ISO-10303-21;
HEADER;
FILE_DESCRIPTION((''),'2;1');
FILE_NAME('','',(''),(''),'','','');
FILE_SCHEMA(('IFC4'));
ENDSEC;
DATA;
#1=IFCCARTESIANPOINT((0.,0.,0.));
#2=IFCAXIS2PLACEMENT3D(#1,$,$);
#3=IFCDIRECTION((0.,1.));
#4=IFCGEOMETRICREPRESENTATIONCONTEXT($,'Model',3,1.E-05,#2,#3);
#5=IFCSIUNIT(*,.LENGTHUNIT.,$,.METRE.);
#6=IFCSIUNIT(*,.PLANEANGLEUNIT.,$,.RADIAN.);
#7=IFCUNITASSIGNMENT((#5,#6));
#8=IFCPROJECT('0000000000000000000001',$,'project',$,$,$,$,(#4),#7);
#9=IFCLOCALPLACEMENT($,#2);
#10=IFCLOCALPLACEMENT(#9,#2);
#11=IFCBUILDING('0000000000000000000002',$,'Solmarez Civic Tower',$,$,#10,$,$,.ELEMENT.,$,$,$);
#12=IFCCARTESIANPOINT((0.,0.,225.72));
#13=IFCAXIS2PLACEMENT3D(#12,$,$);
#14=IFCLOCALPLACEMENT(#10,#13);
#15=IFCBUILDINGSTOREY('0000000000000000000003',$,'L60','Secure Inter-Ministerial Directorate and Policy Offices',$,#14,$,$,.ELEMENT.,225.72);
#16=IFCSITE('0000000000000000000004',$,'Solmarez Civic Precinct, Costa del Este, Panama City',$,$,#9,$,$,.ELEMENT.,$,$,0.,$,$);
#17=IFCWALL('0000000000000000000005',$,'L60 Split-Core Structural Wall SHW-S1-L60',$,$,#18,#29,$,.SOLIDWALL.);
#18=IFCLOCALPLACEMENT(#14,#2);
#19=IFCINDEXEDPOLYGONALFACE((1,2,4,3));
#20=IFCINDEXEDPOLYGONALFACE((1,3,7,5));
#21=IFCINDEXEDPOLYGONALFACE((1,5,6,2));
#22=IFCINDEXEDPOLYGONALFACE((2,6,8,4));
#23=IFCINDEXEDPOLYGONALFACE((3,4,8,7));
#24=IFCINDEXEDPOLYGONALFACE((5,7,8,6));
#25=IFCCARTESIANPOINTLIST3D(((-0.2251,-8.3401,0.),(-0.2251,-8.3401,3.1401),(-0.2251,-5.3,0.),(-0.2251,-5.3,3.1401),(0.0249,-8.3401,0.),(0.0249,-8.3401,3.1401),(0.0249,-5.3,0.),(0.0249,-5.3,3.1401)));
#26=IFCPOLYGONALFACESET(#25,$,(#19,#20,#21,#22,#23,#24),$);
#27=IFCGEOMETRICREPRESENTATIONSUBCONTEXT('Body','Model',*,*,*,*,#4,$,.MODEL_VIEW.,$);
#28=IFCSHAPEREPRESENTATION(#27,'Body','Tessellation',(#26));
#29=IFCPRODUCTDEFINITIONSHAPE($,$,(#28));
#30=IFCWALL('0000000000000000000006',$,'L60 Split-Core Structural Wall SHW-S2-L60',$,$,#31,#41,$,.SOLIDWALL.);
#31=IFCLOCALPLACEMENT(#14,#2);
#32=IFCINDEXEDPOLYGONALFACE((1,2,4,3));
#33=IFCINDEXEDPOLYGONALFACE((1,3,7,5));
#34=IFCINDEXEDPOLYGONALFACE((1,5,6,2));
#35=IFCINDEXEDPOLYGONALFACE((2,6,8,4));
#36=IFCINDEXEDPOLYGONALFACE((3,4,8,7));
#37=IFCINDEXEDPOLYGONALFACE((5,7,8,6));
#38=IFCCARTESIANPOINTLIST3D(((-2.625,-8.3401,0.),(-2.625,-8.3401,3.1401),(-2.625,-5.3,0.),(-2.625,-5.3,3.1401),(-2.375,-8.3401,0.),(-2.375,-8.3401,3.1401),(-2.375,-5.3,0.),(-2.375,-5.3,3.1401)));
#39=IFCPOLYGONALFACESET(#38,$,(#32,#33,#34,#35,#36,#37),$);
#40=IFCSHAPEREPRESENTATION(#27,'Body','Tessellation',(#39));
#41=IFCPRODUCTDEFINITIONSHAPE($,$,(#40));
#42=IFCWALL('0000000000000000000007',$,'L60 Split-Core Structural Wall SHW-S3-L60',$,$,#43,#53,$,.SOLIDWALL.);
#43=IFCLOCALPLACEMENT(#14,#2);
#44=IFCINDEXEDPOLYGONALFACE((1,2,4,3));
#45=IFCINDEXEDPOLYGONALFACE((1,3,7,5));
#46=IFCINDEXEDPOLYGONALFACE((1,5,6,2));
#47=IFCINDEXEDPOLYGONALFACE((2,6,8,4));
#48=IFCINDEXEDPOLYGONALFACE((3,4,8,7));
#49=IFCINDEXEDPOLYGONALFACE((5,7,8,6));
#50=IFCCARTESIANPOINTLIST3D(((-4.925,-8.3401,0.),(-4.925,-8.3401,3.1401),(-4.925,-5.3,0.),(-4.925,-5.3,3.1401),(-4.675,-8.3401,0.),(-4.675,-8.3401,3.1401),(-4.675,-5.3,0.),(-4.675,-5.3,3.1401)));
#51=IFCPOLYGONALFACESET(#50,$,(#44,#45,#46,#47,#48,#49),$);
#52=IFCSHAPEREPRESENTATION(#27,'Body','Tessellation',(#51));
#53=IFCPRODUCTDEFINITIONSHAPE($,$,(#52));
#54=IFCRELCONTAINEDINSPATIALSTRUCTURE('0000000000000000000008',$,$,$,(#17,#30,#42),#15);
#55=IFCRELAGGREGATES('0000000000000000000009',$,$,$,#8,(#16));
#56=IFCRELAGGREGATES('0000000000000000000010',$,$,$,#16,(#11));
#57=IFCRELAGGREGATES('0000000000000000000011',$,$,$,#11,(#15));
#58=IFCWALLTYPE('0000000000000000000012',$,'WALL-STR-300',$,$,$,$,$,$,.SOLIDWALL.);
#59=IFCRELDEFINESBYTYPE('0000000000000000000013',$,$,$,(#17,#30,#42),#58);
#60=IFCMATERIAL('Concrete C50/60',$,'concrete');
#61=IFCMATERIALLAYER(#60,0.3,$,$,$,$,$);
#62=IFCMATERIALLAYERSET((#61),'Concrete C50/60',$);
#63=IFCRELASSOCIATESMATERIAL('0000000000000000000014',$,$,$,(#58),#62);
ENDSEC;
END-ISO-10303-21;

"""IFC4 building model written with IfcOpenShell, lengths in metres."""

from ifc_helpers import new_model, si_unit, direction, frame, frame_2d, origin, place, context, subcontext, project, spatial, rectangle, extrude, material, layer, layer_set, type_object, element, save


model = new_model("IFC4")

# Units and contexts
model_context = context("Model", 3, precision=1e-05, world=origin(), true_north=direction((0.0, 1.0)))
body_context = subcontext(model_context, "Body", "Model", "MODEL_VIEW")
ifc_project = project(units=[si_unit("LENGTHUNIT", "METRE"), si_unit("PLANEANGLEUNIT", "RADIAN")], contexts=[model_context])

# Site, building, storey
site_placement = place(None, origin())
site = spatial("IfcSite", under=ifc_project, at=site_placement, Name="Solmarez Civic Precinct, Costa del Este, Panama City", CompositionType="ELEMENT", RefElevation=0.0)
building_placement = place(site_placement, origin())
building = spatial("IfcBuilding", under=site, at=building_placement, Name="Solmarez Civic Tower", CompositionType="ELEMENT")
storey_placement = place(building_placement, frame((0.0, 0.0, 225.72)))
storey = spatial("IfcBuildingStorey", under=building, at=storey_placement, Name="L60", Description="Secure Inter-Ministerial Directorate and Policy Offices", CompositionType="ELEMENT", Elevation=225.72)

# Shared definitions
ifc_material_1 = material(Name="Concrete C50/60", Category="concrete")

# Walls
ifc_layer_1 = layer(ifc_material_1, 0.3)
ifc_layer_set_1 = layer_set([ifc_layer_1], Name="Concrete C50/60")
wall_type_1 = type_object("IfcWallType", Name="WALL-STR-300", PredefinedType="SOLIDWALL", material=ifc_layer_set_1)
for number, where, z_axis, x_axis, name in (
    (1, (-0.1001, -8.3401, 0.0), (0.0, 0.0, 1.0), (0.0, 1.0, 0.0), "L60 Split-Core Structural Wall SHW-S1-L60"),
    (2, (-2.5, -8.3401, 0.0), (0.0, 0.0, 1.0), (0.0, 1.0, 0.0), "L60 Split-Core Structural Wall SHW-S2-L60"),
    (3, (-4.8, -8.3401, 0.0), (0.0, 0.0, 1.0), (0.0, 1.0, 0.0), "L60 Split-Core Structural Wall SHW-S3-L60"),
):
    element("IfcWall", number, at=place(storey_placement, frame(where, z_axis=z_axis, x_axis=x_axis)), inside=storey, type_object=wall_type_1, Name=name, PredefinedType="SOLIDWALL", context=body_context, shape_type="SweptSolid", body=[
        extrude(rectangle(XDim=3.04, YDim=0.25, at=frame_2d((1.52, 0.0))), origin(), (0.0, 0.0, 1.0), 3.1401),
    ])

save(model, "model.ifc")
